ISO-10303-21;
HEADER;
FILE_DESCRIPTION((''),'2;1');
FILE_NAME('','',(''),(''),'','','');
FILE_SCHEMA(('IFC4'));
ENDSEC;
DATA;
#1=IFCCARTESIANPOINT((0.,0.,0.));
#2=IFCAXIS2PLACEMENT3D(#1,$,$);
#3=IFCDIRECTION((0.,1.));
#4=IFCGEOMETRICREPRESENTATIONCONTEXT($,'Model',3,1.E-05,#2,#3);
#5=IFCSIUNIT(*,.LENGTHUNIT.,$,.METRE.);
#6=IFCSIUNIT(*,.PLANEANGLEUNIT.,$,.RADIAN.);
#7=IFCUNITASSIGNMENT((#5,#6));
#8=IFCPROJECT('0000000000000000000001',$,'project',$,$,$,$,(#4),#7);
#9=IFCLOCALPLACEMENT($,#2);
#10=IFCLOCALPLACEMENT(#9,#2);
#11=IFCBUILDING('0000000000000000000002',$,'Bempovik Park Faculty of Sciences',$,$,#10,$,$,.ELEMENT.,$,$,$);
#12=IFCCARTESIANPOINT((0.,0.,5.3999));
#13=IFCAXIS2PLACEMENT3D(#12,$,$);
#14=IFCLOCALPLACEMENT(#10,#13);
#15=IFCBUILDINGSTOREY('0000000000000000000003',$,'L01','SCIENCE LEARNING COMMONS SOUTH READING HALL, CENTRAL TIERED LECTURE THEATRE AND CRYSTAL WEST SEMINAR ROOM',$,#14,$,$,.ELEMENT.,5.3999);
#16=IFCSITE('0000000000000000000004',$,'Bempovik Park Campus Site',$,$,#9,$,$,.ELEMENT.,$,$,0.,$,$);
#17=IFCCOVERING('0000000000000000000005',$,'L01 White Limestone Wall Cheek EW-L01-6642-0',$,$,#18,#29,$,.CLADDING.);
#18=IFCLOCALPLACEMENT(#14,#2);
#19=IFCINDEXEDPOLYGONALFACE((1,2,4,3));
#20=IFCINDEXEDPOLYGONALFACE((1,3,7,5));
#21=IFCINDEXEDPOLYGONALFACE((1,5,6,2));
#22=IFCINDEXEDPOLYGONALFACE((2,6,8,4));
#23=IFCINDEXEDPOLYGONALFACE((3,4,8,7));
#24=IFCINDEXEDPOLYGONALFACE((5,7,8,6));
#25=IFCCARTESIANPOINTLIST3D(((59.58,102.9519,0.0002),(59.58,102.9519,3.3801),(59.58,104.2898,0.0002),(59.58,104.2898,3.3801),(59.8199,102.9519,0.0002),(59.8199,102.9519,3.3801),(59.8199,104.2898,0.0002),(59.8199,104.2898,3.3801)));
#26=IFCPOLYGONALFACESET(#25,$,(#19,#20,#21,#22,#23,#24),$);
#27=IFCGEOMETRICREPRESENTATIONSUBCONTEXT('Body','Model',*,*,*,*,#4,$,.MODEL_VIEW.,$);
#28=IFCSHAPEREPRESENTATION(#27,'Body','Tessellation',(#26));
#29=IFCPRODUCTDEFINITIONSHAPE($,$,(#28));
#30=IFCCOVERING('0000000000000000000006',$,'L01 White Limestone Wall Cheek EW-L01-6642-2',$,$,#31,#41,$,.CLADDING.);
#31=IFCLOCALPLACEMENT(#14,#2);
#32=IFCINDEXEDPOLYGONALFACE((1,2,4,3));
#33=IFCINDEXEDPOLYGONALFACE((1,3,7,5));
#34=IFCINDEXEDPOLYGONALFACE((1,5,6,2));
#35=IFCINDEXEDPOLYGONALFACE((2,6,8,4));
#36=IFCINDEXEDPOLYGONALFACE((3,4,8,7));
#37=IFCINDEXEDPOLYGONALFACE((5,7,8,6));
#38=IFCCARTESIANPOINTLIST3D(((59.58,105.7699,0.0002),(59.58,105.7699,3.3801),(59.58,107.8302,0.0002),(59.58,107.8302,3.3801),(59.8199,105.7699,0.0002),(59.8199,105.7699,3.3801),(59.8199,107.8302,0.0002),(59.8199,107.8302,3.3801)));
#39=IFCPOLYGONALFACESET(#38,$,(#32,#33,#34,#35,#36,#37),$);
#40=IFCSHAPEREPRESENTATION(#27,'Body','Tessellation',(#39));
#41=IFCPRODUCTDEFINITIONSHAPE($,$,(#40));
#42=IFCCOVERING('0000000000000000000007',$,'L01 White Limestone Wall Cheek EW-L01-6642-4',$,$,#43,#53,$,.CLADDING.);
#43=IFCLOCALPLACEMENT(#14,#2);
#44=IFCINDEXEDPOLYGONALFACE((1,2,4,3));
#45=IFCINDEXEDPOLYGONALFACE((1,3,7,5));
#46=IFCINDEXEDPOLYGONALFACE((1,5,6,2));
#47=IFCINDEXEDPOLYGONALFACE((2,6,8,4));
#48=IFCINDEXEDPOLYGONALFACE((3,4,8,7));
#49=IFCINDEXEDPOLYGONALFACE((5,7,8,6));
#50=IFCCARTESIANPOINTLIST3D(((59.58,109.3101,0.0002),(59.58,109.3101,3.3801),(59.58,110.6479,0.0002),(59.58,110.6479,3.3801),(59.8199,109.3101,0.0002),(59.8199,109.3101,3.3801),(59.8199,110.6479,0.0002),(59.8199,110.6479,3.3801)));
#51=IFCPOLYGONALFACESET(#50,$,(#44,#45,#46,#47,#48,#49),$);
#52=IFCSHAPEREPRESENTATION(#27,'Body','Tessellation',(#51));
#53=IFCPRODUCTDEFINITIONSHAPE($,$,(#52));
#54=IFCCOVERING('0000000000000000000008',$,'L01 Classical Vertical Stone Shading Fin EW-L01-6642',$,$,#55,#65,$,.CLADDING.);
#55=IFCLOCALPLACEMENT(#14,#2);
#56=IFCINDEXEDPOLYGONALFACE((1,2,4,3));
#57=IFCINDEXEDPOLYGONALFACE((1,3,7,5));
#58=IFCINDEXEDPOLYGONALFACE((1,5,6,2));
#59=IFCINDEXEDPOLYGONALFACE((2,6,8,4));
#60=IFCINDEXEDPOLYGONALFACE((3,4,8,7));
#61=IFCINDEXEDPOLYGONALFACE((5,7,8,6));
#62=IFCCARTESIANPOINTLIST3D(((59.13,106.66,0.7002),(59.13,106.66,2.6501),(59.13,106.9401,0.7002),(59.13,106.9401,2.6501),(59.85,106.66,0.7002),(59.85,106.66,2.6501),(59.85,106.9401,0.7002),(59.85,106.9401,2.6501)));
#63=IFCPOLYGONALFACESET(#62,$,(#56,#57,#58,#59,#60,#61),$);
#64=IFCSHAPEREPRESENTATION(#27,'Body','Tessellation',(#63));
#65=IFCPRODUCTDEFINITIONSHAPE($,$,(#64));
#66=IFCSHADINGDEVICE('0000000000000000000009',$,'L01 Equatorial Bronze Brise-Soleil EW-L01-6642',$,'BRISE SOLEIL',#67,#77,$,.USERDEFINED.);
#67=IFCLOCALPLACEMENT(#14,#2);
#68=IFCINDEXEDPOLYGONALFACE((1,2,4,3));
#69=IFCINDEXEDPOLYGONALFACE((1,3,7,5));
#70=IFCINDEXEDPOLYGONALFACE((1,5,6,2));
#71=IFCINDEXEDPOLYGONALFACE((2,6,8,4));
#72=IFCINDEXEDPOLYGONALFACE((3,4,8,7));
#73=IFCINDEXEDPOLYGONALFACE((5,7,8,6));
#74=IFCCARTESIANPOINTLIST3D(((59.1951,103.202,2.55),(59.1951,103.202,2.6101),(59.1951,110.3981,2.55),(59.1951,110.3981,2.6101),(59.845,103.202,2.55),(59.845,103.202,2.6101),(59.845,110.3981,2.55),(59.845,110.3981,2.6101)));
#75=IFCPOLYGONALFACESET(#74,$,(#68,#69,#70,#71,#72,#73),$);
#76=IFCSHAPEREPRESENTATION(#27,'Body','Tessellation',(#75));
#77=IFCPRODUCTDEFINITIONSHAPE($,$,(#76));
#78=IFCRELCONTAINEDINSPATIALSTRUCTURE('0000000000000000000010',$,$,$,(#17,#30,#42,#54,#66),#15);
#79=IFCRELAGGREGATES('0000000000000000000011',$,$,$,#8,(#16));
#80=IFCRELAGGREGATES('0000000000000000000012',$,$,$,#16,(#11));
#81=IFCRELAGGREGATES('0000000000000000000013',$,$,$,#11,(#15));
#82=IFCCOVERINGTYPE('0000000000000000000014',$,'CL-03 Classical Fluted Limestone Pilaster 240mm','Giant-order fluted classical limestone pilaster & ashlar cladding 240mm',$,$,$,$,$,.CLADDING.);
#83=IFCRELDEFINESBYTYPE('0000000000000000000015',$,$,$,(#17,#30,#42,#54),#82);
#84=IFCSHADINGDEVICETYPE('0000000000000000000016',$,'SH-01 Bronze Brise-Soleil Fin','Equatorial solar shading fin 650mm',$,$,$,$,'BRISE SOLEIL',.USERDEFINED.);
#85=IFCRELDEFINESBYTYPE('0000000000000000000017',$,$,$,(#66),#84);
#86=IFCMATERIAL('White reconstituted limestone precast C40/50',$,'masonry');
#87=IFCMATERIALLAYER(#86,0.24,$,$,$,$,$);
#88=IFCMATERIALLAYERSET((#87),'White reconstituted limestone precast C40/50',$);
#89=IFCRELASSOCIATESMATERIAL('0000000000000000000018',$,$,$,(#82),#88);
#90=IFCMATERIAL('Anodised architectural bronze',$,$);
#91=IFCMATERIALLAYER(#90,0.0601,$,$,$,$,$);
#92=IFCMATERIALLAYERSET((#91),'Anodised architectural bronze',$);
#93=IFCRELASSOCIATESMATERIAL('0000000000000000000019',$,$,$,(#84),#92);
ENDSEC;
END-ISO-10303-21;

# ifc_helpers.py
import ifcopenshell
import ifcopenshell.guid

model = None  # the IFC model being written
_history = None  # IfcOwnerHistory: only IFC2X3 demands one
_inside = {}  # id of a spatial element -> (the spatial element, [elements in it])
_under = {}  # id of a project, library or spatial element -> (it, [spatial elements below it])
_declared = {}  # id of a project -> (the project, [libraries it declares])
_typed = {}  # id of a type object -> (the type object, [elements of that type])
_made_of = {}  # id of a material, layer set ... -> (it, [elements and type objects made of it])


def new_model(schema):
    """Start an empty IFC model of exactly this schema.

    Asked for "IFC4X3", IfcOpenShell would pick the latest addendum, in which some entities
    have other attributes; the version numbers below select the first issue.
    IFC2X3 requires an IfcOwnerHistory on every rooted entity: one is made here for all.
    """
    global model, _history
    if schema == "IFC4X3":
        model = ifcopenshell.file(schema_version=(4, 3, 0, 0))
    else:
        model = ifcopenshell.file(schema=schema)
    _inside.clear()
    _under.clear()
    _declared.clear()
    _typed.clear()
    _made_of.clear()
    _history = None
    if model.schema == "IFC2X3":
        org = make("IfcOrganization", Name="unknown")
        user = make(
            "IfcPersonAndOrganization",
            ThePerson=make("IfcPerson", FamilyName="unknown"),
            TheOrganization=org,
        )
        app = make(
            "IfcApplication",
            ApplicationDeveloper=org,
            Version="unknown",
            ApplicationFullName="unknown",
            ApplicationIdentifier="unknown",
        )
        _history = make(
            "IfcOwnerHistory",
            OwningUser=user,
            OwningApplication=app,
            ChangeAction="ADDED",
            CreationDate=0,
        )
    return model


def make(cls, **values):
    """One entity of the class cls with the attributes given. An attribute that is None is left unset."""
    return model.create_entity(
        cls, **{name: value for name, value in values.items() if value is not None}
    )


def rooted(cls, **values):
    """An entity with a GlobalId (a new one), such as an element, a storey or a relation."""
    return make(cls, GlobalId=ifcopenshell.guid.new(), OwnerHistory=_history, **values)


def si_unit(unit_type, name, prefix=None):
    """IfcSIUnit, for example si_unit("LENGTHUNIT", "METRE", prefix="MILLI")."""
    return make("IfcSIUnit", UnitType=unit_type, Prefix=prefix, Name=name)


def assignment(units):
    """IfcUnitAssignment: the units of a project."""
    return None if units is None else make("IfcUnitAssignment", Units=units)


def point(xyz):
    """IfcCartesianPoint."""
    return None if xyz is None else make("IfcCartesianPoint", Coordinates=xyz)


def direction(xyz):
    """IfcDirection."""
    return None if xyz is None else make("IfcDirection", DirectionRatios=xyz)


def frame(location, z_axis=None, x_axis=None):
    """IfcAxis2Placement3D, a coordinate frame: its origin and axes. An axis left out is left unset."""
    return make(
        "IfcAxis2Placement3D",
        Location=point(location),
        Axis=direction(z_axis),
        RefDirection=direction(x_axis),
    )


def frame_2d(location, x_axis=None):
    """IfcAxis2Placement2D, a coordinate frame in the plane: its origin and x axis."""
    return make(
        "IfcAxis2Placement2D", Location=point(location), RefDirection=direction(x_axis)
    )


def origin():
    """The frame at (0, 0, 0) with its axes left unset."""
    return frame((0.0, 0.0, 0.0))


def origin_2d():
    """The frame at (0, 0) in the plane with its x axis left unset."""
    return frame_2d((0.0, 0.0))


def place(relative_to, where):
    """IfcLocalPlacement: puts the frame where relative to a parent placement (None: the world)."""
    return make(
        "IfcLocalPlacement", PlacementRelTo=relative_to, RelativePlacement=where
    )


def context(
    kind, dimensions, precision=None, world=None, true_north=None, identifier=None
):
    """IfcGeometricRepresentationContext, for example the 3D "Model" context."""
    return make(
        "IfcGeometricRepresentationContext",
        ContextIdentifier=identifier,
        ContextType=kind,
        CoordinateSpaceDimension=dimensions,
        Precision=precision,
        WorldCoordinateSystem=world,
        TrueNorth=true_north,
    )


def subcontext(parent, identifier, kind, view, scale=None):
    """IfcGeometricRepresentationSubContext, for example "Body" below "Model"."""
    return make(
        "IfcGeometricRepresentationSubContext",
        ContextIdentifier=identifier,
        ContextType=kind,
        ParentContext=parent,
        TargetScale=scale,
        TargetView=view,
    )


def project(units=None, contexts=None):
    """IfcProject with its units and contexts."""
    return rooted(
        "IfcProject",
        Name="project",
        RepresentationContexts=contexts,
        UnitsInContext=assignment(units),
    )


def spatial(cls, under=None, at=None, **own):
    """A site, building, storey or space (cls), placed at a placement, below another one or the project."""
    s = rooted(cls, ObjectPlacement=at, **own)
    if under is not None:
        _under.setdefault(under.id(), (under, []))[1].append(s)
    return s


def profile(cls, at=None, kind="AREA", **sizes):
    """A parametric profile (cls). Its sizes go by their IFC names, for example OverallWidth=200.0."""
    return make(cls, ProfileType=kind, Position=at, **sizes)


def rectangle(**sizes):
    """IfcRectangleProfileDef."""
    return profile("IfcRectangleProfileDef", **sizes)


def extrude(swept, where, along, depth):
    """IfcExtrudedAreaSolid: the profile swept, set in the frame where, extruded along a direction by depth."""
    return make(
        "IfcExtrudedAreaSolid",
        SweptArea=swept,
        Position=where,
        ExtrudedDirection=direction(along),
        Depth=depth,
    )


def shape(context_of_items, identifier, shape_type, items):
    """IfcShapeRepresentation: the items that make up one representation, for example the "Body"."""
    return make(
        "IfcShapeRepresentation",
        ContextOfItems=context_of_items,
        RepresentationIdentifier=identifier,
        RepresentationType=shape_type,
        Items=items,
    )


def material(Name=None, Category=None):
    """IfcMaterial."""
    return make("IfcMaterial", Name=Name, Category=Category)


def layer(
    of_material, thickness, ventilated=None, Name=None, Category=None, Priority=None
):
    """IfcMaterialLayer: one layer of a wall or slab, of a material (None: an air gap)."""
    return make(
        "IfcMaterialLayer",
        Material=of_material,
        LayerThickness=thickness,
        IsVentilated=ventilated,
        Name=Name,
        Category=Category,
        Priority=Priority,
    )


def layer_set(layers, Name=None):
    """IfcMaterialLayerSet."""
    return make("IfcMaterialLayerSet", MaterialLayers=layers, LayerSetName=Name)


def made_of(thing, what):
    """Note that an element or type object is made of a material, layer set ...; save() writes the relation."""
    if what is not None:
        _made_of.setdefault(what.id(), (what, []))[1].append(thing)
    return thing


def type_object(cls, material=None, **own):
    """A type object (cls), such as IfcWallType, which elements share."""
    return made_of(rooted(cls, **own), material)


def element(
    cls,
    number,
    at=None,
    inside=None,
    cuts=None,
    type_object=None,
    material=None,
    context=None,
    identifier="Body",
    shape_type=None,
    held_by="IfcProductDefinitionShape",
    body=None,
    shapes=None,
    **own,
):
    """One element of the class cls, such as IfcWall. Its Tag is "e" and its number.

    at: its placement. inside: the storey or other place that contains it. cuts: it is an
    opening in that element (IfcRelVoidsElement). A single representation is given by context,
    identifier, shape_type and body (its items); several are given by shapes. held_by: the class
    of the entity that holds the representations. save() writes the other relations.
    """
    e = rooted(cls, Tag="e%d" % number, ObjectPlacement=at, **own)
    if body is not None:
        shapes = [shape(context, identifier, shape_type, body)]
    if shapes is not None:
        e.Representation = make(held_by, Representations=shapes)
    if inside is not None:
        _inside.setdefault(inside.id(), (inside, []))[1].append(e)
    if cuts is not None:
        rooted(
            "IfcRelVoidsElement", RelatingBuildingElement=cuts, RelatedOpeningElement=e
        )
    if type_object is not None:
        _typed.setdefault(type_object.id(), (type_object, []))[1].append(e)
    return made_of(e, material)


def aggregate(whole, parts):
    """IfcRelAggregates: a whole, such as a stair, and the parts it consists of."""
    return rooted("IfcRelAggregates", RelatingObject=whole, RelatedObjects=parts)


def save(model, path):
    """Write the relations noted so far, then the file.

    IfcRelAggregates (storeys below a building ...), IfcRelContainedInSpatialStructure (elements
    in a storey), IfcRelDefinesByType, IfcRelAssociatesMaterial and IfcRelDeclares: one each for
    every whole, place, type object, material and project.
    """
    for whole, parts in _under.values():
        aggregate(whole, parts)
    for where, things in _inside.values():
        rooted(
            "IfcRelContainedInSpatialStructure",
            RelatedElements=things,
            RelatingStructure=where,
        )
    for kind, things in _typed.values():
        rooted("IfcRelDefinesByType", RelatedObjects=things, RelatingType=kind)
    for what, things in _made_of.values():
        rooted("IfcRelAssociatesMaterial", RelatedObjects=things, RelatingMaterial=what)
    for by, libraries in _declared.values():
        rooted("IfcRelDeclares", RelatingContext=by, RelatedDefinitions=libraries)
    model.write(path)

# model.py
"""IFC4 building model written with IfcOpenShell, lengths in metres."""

from ifc_helpers import new_model, si_unit, direction, frame, origin, origin_2d, place, context, subcontext, project, spatial, rectangle, extrude, material, layer, layer_set, type_object, element, save


model = new_model("IFC4")

# Units and contexts
model_context = context("Model", 3, precision=1e-05, world=origin(), true_north=direction((0.0, 1.0)))
body_context = subcontext(model_context, "Body", "Model", "MODEL_VIEW")
ifc_project = project(units=[si_unit("LENGTHUNIT", "METRE"), si_unit("PLANEANGLEUNIT", "RADIAN")], contexts=[model_context])

# Site, building, storey
site_placement = place(None, origin())
site = spatial("IfcSite", under=ifc_project, at=site_placement, Name="Bempovik Park Campus Site", CompositionType="ELEMENT", RefElevation=0.0)
building_placement = place(site_placement, origin())
building = spatial("IfcBuilding", under=site, at=building_placement, Name="Bempovik Park Faculty of Sciences", CompositionType="ELEMENT")
storey_placement = place(building_placement, frame((0.0, 0.0, 5.3999)))
storey = spatial("IfcBuildingStorey", under=building, at=storey_placement, Name="L01", Description="SCIENCE LEARNING COMMONS SOUTH READING HALL, CENTRAL TIERED LECTURE THEATRE AND CRYSTAL WEST SEMINAR ROOM", CompositionType="ELEMENT", Elevation=5.3999)

# Coverings
ifc_material_1 = material(Name="White reconstituted limestone precast C40/50", Category="masonry")
ifc_layer_1 = layer(ifc_material_1, 0.24)
ifc_layer_set_1 = layer_set([ifc_layer_1], Name="White reconstituted limestone precast C40/50")
covering_type_1 = type_object("IfcCoveringType", Name="CL-03 Classical Fluted Limestone Pilaster 240mm", Description="Giant-order fluted classical limestone pilaster & ashlar cladding 240mm", PredefinedType="CLADDING", material=ifc_layer_set_1)
covering_1_placement = place(storey_placement, frame((59.7, 103.6208, 0.0002), z_axis=(0.0, 0.0, 1.0), x_axis=(1.0, 0.0, 0.0)))
element("IfcCovering", 1, at=covering_1_placement, inside=storey, type_object=covering_type_1, Name="L01 White Limestone Wall Cheek EW-L01-6642-0", PredefinedType="CLADDING", context=body_context, shape_type="SweptSolid", body=[
    extrude(rectangle(XDim=0.24, YDim=1.3379, at=origin_2d()), origin(), (0.0, 0.0, 1.0), 3.3799),
])
covering_2_placement = place(storey_placement, frame((59.7, 106.8, 0.0002), z_axis=(0.0, 0.0, 1.0), x_axis=(1.0, 0.0, 0.0)))
element("IfcCovering", 2, at=covering_2_placement, inside=storey, type_object=covering_type_1, Name="L01 White Limestone Wall Cheek EW-L01-6642-2", PredefinedType="CLADDING", context=body_context, shape_type="SweptSolid", body=[
    extrude(rectangle(XDim=0.24, YDim=2.0603, at=origin_2d()), origin(), (0.0, 0.0, 1.0), 3.3799),
])
covering_3_placement = place(storey_placement, frame((59.7, 109.979, 0.0002), z_axis=(0.0, 0.0, 1.0), x_axis=(1.0, 0.0, 0.0)))
element("IfcCovering", 3, at=covering_3_placement, inside=storey, type_object=covering_type_1, Name="L01 White Limestone Wall Cheek EW-L01-6642-4", PredefinedType="CLADDING", context=body_context, shape_type="SweptSolid", body=[
    extrude(rectangle(XDim=0.24, YDim=1.3379, at=origin_2d()), origin(), (0.0, 0.0, 1.0), 3.3799),
])
covering_4_placement = place(storey_placement, frame((59.49, 106.8, 0.7002), z_axis=(0.0, 0.0, 1.0), x_axis=(1.0, 0.0, 0.0)))
element("IfcCovering", 4, at=covering_4_placement, inside=storey, type_object=covering_type_1, Name="L01 Classical Vertical Stone Shading Fin EW-L01-6642", PredefinedType="CLADDING", context=body_context, shape_type="SweptSolid", body=[
    extrude(rectangle(XDim=0.72, YDim=0.28, at=origin_2d()), origin(), (0.0, 0.0, 1.0), 1.95),
])

# Shading device
ifc_material_2 = material(Name="Anodised architectural bronze")
ifc_layer_2 = layer(ifc_material_2, 0.0601)
ifc_layer_set_2 = layer_set([ifc_layer_2], Name="Anodised architectural bronze")
shading_device_type = type_object("IfcShadingDeviceType", Name="SH-01 Bronze Brise-Soleil Fin", Description="Equatorial solar shading fin 650mm", ElementType="BRISE SOLEIL", PredefinedType="USERDEFINED", material=ifc_layer_set_2)
shading_device_placement = place(storey_placement, frame((59.52, 106.8, 2.55), z_axis=(0.0, 0.0, 1.0), x_axis=(1.0, 0.0, 0.0)))
element("IfcShadingDevice", 5, at=shading_device_placement, inside=storey, type_object=shading_device_type, Name="L01 Equatorial Bronze Brise-Soleil EW-L01-6642", ObjectType="BRISE SOLEIL", PredefinedType="USERDEFINED", context=body_context, shape_type="SweptSolid", body=[
    extrude(rectangle(XDim=0.6499, YDim=7.196, at=origin_2d()), origin(), (0.0, 0.0, 1.0), 0.0601),
])

save(model, "model.ifc")
